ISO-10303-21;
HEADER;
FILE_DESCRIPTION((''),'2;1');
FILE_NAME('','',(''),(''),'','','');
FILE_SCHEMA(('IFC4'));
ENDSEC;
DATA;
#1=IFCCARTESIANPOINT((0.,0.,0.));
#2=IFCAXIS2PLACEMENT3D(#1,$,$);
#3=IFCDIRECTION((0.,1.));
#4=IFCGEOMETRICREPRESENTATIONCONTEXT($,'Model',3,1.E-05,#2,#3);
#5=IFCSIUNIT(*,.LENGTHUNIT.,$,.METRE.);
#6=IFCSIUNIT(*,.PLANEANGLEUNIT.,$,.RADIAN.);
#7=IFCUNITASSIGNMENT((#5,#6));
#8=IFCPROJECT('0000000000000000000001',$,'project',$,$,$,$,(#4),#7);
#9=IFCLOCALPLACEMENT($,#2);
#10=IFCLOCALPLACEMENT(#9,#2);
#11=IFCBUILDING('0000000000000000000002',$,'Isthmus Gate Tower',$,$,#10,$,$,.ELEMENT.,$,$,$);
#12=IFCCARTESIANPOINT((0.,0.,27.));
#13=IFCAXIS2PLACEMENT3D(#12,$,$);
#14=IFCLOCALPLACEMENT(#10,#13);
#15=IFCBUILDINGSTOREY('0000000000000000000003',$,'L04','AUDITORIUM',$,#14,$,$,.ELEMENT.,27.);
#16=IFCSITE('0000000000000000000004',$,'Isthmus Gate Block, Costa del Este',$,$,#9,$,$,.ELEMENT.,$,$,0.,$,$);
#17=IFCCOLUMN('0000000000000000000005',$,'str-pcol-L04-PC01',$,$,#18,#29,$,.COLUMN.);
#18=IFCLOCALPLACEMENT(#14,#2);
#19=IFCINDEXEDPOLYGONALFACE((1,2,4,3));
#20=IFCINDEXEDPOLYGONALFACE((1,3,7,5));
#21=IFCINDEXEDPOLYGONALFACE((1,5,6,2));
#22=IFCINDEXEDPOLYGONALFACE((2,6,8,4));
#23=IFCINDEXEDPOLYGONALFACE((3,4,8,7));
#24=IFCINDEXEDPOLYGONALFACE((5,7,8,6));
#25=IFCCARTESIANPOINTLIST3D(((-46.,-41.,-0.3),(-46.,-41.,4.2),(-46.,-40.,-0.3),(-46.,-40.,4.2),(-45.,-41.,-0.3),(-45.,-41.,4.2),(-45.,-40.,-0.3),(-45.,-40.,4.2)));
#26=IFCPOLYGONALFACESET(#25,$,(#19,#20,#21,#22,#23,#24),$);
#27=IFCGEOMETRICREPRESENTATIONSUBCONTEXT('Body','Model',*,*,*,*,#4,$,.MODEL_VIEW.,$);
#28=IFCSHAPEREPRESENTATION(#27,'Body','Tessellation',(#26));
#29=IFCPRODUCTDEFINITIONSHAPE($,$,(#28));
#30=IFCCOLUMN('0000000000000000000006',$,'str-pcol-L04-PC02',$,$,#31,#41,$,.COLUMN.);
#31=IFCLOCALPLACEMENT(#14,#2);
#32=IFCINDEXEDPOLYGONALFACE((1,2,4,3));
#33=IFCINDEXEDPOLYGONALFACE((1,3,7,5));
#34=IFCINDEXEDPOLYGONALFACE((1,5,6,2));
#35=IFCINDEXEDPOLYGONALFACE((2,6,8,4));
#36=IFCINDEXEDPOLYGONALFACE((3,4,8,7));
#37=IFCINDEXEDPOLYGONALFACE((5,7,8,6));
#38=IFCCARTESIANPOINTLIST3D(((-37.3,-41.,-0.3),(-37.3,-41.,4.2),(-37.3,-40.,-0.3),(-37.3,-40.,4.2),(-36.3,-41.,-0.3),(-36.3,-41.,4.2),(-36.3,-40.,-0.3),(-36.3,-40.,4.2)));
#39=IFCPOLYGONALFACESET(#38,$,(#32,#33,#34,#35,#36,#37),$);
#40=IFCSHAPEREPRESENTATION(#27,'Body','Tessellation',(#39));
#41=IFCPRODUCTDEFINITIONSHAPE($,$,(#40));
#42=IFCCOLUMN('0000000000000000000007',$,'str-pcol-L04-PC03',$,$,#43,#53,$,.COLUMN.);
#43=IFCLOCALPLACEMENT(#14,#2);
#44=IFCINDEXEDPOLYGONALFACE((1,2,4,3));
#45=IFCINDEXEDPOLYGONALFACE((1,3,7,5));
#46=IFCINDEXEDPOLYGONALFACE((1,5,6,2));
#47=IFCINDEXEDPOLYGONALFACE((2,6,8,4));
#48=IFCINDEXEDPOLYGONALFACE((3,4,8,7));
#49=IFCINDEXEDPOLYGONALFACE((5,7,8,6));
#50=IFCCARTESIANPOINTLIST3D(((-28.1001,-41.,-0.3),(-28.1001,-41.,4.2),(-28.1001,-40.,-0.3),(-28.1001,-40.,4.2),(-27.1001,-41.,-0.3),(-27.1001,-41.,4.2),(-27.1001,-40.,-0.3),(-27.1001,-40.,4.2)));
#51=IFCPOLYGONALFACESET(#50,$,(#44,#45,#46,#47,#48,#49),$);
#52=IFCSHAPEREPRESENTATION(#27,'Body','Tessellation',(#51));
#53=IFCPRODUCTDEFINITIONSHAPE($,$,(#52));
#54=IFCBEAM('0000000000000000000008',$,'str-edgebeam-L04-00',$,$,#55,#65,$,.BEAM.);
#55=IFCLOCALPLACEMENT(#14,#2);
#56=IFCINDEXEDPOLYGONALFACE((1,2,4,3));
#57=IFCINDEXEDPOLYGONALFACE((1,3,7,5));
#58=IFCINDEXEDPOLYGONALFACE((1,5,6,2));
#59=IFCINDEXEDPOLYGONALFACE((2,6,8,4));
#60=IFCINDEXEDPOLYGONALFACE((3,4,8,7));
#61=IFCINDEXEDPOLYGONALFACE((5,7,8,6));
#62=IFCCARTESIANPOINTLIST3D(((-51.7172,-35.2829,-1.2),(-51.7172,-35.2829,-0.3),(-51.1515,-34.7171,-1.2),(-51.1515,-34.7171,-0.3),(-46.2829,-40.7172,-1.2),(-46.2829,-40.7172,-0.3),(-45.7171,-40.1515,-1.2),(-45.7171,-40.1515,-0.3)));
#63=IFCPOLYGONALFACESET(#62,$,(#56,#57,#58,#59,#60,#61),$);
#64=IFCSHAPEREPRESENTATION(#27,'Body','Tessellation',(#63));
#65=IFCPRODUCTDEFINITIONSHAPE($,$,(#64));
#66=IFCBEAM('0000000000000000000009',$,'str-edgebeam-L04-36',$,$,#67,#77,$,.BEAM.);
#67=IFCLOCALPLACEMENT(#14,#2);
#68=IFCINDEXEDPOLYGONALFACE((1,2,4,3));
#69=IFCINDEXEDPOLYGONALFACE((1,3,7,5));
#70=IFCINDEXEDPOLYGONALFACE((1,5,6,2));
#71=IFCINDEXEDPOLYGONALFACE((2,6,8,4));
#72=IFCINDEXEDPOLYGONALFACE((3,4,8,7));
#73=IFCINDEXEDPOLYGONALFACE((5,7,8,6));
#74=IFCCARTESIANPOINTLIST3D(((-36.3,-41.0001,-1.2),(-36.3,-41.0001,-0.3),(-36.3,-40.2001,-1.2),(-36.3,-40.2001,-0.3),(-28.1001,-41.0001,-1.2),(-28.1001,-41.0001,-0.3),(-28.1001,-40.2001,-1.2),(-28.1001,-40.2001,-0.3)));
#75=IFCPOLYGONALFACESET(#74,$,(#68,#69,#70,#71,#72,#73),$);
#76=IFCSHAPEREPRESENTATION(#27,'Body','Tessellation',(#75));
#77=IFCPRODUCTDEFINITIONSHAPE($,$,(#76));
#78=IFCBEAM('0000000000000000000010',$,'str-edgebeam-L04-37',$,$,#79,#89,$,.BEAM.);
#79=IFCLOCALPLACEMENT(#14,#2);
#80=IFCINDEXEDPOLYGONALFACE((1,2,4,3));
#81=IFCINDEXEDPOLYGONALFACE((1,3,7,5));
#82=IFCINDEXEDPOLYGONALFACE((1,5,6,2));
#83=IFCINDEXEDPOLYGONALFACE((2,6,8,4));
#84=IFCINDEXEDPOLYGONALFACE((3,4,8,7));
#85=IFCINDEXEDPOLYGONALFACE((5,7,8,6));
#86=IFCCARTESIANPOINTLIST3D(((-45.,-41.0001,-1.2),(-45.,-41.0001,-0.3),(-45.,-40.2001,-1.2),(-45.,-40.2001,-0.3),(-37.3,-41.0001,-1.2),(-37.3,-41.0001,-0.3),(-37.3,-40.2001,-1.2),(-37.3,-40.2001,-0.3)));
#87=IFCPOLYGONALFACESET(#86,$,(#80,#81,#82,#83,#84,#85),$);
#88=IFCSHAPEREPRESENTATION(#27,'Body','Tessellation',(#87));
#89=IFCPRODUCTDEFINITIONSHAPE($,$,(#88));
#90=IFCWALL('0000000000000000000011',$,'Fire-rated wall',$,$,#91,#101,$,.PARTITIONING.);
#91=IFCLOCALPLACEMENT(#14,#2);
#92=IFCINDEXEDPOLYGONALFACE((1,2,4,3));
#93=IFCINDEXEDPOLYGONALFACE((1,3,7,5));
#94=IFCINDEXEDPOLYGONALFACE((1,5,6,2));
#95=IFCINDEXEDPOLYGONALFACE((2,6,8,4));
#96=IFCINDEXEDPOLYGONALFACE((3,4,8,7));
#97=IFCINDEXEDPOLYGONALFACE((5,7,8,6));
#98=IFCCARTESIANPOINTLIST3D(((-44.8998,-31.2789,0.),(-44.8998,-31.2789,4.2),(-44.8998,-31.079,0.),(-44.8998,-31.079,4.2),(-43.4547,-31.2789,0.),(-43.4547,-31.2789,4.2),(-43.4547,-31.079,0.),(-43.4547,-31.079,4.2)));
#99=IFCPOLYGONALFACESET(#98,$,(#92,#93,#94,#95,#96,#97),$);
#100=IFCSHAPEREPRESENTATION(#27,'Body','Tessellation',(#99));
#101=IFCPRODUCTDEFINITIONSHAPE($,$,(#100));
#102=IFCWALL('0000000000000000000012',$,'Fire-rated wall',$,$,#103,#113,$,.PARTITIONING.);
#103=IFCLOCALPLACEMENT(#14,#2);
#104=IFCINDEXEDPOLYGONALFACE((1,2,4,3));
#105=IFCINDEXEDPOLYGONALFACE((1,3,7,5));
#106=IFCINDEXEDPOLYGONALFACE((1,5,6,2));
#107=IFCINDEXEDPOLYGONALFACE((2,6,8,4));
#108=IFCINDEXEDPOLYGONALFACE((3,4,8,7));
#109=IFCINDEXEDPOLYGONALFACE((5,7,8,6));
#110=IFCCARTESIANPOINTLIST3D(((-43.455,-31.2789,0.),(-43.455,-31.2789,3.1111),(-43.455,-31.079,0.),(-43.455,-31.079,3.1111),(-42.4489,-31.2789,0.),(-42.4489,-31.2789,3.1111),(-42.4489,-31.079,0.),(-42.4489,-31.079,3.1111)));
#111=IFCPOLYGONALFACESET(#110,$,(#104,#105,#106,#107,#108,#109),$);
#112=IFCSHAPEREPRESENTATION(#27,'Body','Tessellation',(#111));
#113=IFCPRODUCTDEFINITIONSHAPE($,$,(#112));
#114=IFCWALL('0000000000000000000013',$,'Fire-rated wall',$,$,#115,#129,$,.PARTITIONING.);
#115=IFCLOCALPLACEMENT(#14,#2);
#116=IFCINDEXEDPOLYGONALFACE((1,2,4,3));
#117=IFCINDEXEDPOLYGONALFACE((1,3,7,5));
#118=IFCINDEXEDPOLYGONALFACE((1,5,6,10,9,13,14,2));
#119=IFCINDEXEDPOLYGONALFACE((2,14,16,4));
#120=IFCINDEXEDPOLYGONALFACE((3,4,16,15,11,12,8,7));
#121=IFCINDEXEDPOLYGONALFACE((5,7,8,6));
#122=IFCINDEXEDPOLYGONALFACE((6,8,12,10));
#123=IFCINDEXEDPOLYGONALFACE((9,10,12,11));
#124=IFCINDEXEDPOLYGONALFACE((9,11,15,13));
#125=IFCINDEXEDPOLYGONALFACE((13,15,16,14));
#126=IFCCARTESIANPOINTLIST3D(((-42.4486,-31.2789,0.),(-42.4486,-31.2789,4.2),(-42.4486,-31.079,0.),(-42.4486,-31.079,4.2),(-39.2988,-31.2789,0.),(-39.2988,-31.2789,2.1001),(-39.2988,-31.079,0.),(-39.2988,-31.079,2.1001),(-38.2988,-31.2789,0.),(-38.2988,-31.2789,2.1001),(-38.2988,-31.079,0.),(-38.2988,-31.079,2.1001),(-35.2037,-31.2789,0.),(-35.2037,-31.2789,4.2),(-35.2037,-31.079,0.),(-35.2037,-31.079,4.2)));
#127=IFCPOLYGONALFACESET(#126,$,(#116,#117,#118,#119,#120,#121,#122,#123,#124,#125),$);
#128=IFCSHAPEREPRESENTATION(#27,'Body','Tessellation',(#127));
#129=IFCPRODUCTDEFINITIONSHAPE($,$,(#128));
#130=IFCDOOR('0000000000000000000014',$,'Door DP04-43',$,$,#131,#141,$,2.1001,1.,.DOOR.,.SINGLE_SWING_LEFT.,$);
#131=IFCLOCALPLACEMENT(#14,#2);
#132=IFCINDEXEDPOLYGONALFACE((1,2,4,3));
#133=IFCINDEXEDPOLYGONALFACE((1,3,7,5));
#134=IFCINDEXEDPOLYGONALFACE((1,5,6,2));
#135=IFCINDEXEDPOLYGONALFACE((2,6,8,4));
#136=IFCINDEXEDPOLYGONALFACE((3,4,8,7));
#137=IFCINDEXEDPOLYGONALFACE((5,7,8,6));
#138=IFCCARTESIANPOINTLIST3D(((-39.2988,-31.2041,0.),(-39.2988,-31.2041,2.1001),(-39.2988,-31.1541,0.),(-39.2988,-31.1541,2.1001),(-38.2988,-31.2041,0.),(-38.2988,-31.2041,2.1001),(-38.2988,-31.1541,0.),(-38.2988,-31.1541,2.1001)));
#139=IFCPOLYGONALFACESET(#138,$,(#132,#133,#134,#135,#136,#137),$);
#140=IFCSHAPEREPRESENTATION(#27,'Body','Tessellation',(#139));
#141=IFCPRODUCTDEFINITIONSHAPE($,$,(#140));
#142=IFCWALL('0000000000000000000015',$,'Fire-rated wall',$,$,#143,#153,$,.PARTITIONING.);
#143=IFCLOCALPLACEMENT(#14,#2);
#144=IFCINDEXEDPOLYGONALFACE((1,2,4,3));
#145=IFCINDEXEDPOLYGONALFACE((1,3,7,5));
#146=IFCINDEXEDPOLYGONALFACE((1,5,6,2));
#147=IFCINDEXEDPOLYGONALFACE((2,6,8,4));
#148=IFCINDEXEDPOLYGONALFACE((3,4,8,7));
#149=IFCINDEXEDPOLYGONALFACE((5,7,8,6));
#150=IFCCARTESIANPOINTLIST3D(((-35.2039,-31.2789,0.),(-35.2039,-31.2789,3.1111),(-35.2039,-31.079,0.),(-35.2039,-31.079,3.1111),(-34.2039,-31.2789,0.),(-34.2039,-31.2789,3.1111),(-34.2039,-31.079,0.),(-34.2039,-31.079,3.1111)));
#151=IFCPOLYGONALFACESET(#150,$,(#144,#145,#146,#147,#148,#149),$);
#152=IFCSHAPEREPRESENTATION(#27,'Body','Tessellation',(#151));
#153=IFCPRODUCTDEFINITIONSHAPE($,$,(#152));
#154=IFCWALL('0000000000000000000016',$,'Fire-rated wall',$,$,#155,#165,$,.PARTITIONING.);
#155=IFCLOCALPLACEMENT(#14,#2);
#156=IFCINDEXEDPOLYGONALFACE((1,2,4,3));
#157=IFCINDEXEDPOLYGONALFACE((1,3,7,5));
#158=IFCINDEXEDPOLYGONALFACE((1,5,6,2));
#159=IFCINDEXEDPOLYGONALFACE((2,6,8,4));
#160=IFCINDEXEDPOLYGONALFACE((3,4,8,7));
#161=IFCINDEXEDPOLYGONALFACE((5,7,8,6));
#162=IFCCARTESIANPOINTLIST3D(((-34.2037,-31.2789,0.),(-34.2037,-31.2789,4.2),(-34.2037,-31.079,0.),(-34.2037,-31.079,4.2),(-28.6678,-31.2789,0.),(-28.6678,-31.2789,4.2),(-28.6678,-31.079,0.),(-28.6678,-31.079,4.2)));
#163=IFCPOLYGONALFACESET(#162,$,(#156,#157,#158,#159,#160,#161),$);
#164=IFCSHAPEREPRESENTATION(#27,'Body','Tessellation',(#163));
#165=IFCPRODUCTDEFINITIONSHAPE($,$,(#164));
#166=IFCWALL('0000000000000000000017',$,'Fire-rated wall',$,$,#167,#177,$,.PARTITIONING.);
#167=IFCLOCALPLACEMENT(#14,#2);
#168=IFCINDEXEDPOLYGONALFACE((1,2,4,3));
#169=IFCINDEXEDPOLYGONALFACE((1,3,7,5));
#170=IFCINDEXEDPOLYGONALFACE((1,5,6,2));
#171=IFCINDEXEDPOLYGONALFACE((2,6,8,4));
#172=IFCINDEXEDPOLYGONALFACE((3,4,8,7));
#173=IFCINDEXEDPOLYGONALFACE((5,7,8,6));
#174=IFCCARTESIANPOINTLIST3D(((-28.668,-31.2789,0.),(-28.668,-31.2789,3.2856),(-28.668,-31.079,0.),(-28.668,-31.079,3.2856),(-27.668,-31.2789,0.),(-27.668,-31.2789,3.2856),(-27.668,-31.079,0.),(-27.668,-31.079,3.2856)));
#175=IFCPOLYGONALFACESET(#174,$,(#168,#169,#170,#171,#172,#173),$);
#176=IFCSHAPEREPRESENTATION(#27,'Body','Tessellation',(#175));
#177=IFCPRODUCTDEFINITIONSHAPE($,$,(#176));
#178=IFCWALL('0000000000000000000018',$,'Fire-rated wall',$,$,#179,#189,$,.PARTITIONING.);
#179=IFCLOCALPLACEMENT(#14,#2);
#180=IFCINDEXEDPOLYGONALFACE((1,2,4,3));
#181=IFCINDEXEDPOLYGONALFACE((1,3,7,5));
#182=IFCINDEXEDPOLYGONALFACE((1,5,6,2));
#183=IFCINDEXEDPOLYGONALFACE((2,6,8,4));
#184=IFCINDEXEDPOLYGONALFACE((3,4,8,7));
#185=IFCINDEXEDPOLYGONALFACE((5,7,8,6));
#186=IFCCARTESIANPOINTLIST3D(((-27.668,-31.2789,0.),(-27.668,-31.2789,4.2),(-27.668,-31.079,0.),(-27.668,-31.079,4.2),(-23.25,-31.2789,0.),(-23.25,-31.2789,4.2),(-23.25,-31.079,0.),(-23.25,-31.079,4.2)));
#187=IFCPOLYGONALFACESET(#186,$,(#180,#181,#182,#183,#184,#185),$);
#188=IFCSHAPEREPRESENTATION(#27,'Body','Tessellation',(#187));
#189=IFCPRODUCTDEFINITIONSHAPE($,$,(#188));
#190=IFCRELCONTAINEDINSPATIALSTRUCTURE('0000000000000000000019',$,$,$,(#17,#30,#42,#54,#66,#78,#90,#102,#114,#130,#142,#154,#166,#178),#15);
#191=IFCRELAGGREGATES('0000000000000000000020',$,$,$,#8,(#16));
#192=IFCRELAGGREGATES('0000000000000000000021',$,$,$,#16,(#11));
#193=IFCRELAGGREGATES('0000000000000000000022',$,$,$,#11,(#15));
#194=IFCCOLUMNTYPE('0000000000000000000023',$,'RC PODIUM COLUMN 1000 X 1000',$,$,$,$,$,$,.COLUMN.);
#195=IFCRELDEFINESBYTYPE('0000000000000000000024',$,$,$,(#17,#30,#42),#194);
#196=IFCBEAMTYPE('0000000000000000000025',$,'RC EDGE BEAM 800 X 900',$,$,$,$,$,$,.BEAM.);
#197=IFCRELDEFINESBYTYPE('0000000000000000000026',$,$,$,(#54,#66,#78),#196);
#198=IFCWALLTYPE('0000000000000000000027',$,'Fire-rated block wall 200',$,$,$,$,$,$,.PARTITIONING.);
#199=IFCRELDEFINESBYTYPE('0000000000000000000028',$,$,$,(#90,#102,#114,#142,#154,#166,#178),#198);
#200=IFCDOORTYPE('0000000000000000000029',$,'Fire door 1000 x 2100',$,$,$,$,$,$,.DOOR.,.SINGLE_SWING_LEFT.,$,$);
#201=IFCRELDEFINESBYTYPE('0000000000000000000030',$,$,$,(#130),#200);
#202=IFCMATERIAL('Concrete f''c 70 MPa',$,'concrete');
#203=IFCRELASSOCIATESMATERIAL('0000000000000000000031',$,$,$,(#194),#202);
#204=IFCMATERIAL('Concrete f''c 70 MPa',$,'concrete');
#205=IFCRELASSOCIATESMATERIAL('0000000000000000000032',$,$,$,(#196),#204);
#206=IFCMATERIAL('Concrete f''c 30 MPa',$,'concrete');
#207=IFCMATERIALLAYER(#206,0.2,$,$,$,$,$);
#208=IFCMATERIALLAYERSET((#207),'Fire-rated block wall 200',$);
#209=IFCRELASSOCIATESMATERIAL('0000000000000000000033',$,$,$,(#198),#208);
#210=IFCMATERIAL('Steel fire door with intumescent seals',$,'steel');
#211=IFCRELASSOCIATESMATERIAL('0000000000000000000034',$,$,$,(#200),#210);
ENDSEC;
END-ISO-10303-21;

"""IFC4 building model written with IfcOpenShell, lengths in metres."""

from ifc_helpers import new_model, si_unit, direction, frame, frame_2d, origin, origin_2d, place, context, subcontext, project, spatial, rectangle, extrude, material, layer, layer_set, material_profile, profile_set, type_object, element, fill, save


model = new_model("IFC4")

# Units and contexts
model_context = context("Model", 3, precision=1e-05, world=origin(), true_north=direction((0.0, 1.0)))
body_context = subcontext(model_context, "Body", "Model", "MODEL_VIEW")
ifc_project = project(units=[si_unit("LENGTHUNIT", "METRE"), si_unit("PLANEANGLEUNIT", "RADIAN")], contexts=[model_context])

# Site, building, storey
site_placement = place(None, origin())
site = spatial("IfcSite", under=ifc_project, at=site_placement, Name="Isthmus Gate Block, Costa del Este", CompositionType="ELEMENT", RefElevation=0.0)
building_placement = place(site_placement, origin())
building = spatial("IfcBuilding", under=site, at=building_placement, Name="Isthmus Gate Tower", CompositionType="ELEMENT")
storey_placement = place(building_placement, frame((0.0, 0.0, 27.0)))
storey = spatial("IfcBuildingStorey", under=building, at=storey_placement, Name="L04", Description="AUDITORIUM", CompositionType="ELEMENT", Elevation=27.0)

# Columns
ifc_material_1 = material(Name="Concrete f'c 70 MPa", Category="concrete")
ifc_material_profile_1 = material_profile(ifc_material_1, rectangle(XDim=1.0, YDim=1.0, at=origin_2d()), Name="RC 1000X1000")
ifc_profile_set_1 = profile_set([ifc_material_profile_1], Name="Concrete f'c 70 MPa")
column_type = type_object("IfcColumnType", Name="RC PODIUM COLUMN 1000 X 1000", PredefinedType="COLUMN", material=ifc_profile_set_1)
for number, where, z_axis, x_axis, name in (
    (1, (-45.5, -40.5, -0.3), (0.0, 0.0, 1.0), (1.0, 0.0, 0.0), "str-pcol-L04-PC01"),
    (2, (-36.8, -40.5, -0.3), (0.0, 0.0, 1.0), (1.0, 0.0, 0.0), "str-pcol-L04-PC02"),
    (3, (-27.6001, -40.5, -0.3), (0.0, 0.0, 1.0), (1.0, 0.0, 0.0), "str-pcol-L04-PC03"),
):
    element("IfcColumn", number, at=place(storey_placement, frame(where, z_axis=z_axis, x_axis=x_axis)), inside=storey, type_object=column_type, Name=name, PredefinedType="COLUMN", context=body_context, shape_type="SweptSolid", body=[
        extrude(rectangle(XDim=1.0, YDim=1.0, at=origin_2d()), origin(), (0.0, 0.0, 1.0), 4.5),
    ])

# Beams
ifc_material_2 = material(Name="Concrete f'c 70 MPa", Category="concrete")
ifc_material_profile_2 = material_profile(ifc_material_2, rectangle(XDim=0.8, YDim=0.8999, at=origin_2d()), Name="RC 800X900")
ifc_profile_set_2 = profile_set([ifc_material_profile_2], Name="Concrete f'c 70 MPa")
beam_type = type_object("IfcBeamType", Name="RC EDGE BEAM 800 X 900", PredefinedType="BEAM", material=ifc_profile_set_2)
beam_1_placement = place(storey_placement, frame((-46.0, -40.4343, -0.75), z_axis=(-0.707107, 0.707107, 0.0), x_axis=(-0.707107, -0.707107, 0.0)))
element("IfcBeam", 4, at=beam_1_placement, inside=storey, type_object=beam_type, Name="str-edgebeam-L04-00", PredefinedType="BEAM", context=body_context, shape_type="SweptSolid", body=[
    extrude(rectangle(XDim=0.8, YDim=0.8999, at=origin_2d()), origin(), (0.0, 0.0, 1.0), 7.6853),
])
beam_2_placement = place(storey_placement, frame((-28.1001, -40.6001, -0.75), z_axis=(-1.0, 0.0, 0.0), x_axis=(0.0, -1.0, 0.0)))
element("IfcBeam", 5, at=beam_2_placement, inside=storey, type_object=beam_type, Name="str-edgebeam-L04-36", PredefinedType="BEAM", context=body_context, shape_type="SweptSolid", body=[
    extrude(rectangle(XDim=0.8, YDim=0.8999, at=origin_2d()), origin(), (0.0, 0.0, 1.0), 8.2),
])
beam_3_placement = place(storey_placement, frame((-37.3, -40.6001, -0.75), z_axis=(-1.0, 0.0, 0.0), x_axis=(0.0, -1.0, 0.0)))
element("IfcBeam", 6, at=beam_3_placement, inside=storey, type_object=beam_type, Name="str-edgebeam-L04-37", PredefinedType="BEAM", context=body_context, shape_type="SweptSolid", body=[
    extrude(rectangle(XDim=0.8, YDim=0.8999, at=origin_2d()), origin(), (0.0, 0.0, 1.0), 7.7),
])

# Walls
ifc_material_3 = material(Name="Concrete f'c 30 MPa", Category="concrete")
ifc_layer_1 = layer(ifc_material_3, 0.2)
ifc_layer_set_1 = layer_set([ifc_layer_1], Name="Fire-rated block wall 200")
wall_type_1 = type_object("IfcWallType", Name="Fire-rated block wall 200", PredefinedType="PARTITIONING", material=ifc_layer_set_1)
wall_1_placement = place(storey_placement, frame((-44.8999, -31.179, 0.0), z_axis=(0.0, 0.0, 1.0), x_axis=(1.0, 0.0, 0.0)))
element("IfcWall", 7, at=wall_1_placement, inside=storey, type_object=wall_type_1, Name="Fire-rated wall", PredefinedType="PARTITIONING", context=body_context, shape_type="SweptSolid", body=[
    extrude(rectangle(XDim=1.4451, YDim=0.2, at=frame_2d((0.7227, 0.0))), origin(), (0.0, 0.0, 1.0), 4.2),
])
wall_2_placement = place(storey_placement, frame((-43.4548, -31.179, 0.0), z_axis=(0.0, 0.0, 1.0), x_axis=(1.0, 0.0, 0.0)))
element("IfcWall", 8, at=wall_2_placement, inside=storey, type_object=wall_type_1, Name="Fire-rated wall", PredefinedType="PARTITIONING", context=body_context, shape_type="SweptSolid", body=[
    extrude(rectangle(XDim=1.0061, YDim=0.2, at=frame_2d((0.5029, 0.0))), origin(), (0.0, 0.0, 1.0), 3.1111),
])

# Wall, opening, door
wall_3_placement = place(storey_placement, frame((-42.4487, -31.179, 0.0), z_axis=(0.0, 0.0, 1.0), x_axis=(1.0, 0.0, 0.0)))
wall_3 = element("IfcWall", 9, at=wall_3_placement, inside=storey, type_object=wall_type_1, Name="Fire-rated wall", PredefinedType="PARTITIONING", context=body_context, shape_type="SweptSolid", body=[
    extrude(rectangle(XDim=7.2449, YDim=0.2, at=frame_2d((3.6226, 0.0))), origin(), (0.0, 0.0, 1.0), 4.2),
])
opening_1_placement = place(wall_3_placement, frame((3.1499, 0.0, 0.0)))
opening_1 = element("IfcOpeningElement", 10, at=opening_1_placement, cuts=wall_3, PredefinedType="OPENING", context=body_context, shape_type="SweptSolid", body=[
    extrude(rectangle(XDim=1.0, YDim=2.1001, at=frame_2d((0.5, 1.05))), frame((0.0, 0.1099, 0.0), z_axis=(0.0, -1.0, 0.0), x_axis=(1.0, 0.0, 0.0)), (0.0, 0.0, 1.0), 0.22),
])
ifc_material_4 = material(Name="Steel fire door with intumescent seals", Category="steel")
door_type_1 = type_object("IfcDoorType", Name="Fire door 1000 x 2100", OperationType="SINGLE_SWING_LEFT", PredefinedType="DOOR", material=ifc_material_4)
door_1_placement = place(opening_1_placement, origin())
door_1 = element("IfcDoor", 11, at=door_1_placement, inside=storey, type_object=door_type_1, Name="Door DP04-43", OperationType="SINGLE_SWING_LEFT", OverallHeight=2.1001, OverallWidth=1.0, PredefinedType="DOOR", context=body_context, shape_type="SweptSolid", body=[
    extrude(rectangle(XDim=1.0, YDim=2.1001, at=frame_2d((0.5, 1.05))), frame((0.0, 0.0249, 0.0), z_axis=(0.0, -1.0, 0.0), x_axis=(1.0, 0.0, 0.0)), (0.0, 0.0, 1.0), 0.05),
])
fill(opening_1, door_1)

# Walls
wall_4_placement = place(storey_placement, frame((-35.2039, -31.179, 0.0), z_axis=(0.0, 0.0, 1.0), x_axis=(1.0, 0.0, 0.0)))
element("IfcWall", 12, at=wall_4_placement, inside=storey, type_object=wall_type_1, Name="Fire-rated wall", PredefinedType="PARTITIONING", context=body_context, shape_type="SweptSolid", body=[
    extrude(rectangle(XDim=1.0, YDim=0.2, at=frame_2d((0.5, 0.0))), origin(), (0.0, 0.0, 1.0), 3.1111),
])
wall_5_placement = place(storey_placement, frame((-34.2039, -31.179, 0.0), z_axis=(0.0, 0.0, 1.0), x_axis=(1.0, 0.0, 0.0)))
element("IfcWall", 13, at=wall_5_placement, inside=storey, type_object=wall_type_1, Name="Fire-rated wall", PredefinedType="PARTITIONING", context=body_context, shape_type="SweptSolid", body=[
    extrude(rectangle(XDim=5.5359, YDim=0.2, at=frame_2d((2.7681, 0.0))), origin(), (0.0, 0.0, 1.0), 4.2),
])
wall_6_placement = place(storey_placement, frame((-28.668, -31.179, 0.0), z_axis=(0.0, 0.0, 1.0), x_axis=(1.0, 0.0, 0.0)))
element("IfcWall", 14, at=wall_6_placement, inside=storey, type_object=wall_type_1, Name="Fire-rated wall", PredefinedType="PARTITIONING", context=body_context, shape_type="SweptSolid", body=[
    extrude(rectangle(XDim=1.0, YDim=0.2, at=frame_2d((0.5, 0.0))), origin(), (0.0, 0.0, 1.0), 3.2856),
])
wall_7_placement = place(storey_placement, frame((-27.668, -31.179, 0.0), z_axis=(0.0, 0.0, 1.0), x_axis=(1.0, 0.0, 0.0)))
element("IfcWall", 15, at=wall_7_placement, inside=storey, type_object=wall_type_1, Name="Fire-rated wall", PredefinedType="PARTITIONING", context=body_context, shape_type="SweptSolid", body=[
    extrude(rectangle(XDim=4.418, YDim=0.2, at=frame_2d((2.209, 0.0))), origin(), (0.0, 0.0, 1.0), 4.2),
])

save(model, "model.ifc")
